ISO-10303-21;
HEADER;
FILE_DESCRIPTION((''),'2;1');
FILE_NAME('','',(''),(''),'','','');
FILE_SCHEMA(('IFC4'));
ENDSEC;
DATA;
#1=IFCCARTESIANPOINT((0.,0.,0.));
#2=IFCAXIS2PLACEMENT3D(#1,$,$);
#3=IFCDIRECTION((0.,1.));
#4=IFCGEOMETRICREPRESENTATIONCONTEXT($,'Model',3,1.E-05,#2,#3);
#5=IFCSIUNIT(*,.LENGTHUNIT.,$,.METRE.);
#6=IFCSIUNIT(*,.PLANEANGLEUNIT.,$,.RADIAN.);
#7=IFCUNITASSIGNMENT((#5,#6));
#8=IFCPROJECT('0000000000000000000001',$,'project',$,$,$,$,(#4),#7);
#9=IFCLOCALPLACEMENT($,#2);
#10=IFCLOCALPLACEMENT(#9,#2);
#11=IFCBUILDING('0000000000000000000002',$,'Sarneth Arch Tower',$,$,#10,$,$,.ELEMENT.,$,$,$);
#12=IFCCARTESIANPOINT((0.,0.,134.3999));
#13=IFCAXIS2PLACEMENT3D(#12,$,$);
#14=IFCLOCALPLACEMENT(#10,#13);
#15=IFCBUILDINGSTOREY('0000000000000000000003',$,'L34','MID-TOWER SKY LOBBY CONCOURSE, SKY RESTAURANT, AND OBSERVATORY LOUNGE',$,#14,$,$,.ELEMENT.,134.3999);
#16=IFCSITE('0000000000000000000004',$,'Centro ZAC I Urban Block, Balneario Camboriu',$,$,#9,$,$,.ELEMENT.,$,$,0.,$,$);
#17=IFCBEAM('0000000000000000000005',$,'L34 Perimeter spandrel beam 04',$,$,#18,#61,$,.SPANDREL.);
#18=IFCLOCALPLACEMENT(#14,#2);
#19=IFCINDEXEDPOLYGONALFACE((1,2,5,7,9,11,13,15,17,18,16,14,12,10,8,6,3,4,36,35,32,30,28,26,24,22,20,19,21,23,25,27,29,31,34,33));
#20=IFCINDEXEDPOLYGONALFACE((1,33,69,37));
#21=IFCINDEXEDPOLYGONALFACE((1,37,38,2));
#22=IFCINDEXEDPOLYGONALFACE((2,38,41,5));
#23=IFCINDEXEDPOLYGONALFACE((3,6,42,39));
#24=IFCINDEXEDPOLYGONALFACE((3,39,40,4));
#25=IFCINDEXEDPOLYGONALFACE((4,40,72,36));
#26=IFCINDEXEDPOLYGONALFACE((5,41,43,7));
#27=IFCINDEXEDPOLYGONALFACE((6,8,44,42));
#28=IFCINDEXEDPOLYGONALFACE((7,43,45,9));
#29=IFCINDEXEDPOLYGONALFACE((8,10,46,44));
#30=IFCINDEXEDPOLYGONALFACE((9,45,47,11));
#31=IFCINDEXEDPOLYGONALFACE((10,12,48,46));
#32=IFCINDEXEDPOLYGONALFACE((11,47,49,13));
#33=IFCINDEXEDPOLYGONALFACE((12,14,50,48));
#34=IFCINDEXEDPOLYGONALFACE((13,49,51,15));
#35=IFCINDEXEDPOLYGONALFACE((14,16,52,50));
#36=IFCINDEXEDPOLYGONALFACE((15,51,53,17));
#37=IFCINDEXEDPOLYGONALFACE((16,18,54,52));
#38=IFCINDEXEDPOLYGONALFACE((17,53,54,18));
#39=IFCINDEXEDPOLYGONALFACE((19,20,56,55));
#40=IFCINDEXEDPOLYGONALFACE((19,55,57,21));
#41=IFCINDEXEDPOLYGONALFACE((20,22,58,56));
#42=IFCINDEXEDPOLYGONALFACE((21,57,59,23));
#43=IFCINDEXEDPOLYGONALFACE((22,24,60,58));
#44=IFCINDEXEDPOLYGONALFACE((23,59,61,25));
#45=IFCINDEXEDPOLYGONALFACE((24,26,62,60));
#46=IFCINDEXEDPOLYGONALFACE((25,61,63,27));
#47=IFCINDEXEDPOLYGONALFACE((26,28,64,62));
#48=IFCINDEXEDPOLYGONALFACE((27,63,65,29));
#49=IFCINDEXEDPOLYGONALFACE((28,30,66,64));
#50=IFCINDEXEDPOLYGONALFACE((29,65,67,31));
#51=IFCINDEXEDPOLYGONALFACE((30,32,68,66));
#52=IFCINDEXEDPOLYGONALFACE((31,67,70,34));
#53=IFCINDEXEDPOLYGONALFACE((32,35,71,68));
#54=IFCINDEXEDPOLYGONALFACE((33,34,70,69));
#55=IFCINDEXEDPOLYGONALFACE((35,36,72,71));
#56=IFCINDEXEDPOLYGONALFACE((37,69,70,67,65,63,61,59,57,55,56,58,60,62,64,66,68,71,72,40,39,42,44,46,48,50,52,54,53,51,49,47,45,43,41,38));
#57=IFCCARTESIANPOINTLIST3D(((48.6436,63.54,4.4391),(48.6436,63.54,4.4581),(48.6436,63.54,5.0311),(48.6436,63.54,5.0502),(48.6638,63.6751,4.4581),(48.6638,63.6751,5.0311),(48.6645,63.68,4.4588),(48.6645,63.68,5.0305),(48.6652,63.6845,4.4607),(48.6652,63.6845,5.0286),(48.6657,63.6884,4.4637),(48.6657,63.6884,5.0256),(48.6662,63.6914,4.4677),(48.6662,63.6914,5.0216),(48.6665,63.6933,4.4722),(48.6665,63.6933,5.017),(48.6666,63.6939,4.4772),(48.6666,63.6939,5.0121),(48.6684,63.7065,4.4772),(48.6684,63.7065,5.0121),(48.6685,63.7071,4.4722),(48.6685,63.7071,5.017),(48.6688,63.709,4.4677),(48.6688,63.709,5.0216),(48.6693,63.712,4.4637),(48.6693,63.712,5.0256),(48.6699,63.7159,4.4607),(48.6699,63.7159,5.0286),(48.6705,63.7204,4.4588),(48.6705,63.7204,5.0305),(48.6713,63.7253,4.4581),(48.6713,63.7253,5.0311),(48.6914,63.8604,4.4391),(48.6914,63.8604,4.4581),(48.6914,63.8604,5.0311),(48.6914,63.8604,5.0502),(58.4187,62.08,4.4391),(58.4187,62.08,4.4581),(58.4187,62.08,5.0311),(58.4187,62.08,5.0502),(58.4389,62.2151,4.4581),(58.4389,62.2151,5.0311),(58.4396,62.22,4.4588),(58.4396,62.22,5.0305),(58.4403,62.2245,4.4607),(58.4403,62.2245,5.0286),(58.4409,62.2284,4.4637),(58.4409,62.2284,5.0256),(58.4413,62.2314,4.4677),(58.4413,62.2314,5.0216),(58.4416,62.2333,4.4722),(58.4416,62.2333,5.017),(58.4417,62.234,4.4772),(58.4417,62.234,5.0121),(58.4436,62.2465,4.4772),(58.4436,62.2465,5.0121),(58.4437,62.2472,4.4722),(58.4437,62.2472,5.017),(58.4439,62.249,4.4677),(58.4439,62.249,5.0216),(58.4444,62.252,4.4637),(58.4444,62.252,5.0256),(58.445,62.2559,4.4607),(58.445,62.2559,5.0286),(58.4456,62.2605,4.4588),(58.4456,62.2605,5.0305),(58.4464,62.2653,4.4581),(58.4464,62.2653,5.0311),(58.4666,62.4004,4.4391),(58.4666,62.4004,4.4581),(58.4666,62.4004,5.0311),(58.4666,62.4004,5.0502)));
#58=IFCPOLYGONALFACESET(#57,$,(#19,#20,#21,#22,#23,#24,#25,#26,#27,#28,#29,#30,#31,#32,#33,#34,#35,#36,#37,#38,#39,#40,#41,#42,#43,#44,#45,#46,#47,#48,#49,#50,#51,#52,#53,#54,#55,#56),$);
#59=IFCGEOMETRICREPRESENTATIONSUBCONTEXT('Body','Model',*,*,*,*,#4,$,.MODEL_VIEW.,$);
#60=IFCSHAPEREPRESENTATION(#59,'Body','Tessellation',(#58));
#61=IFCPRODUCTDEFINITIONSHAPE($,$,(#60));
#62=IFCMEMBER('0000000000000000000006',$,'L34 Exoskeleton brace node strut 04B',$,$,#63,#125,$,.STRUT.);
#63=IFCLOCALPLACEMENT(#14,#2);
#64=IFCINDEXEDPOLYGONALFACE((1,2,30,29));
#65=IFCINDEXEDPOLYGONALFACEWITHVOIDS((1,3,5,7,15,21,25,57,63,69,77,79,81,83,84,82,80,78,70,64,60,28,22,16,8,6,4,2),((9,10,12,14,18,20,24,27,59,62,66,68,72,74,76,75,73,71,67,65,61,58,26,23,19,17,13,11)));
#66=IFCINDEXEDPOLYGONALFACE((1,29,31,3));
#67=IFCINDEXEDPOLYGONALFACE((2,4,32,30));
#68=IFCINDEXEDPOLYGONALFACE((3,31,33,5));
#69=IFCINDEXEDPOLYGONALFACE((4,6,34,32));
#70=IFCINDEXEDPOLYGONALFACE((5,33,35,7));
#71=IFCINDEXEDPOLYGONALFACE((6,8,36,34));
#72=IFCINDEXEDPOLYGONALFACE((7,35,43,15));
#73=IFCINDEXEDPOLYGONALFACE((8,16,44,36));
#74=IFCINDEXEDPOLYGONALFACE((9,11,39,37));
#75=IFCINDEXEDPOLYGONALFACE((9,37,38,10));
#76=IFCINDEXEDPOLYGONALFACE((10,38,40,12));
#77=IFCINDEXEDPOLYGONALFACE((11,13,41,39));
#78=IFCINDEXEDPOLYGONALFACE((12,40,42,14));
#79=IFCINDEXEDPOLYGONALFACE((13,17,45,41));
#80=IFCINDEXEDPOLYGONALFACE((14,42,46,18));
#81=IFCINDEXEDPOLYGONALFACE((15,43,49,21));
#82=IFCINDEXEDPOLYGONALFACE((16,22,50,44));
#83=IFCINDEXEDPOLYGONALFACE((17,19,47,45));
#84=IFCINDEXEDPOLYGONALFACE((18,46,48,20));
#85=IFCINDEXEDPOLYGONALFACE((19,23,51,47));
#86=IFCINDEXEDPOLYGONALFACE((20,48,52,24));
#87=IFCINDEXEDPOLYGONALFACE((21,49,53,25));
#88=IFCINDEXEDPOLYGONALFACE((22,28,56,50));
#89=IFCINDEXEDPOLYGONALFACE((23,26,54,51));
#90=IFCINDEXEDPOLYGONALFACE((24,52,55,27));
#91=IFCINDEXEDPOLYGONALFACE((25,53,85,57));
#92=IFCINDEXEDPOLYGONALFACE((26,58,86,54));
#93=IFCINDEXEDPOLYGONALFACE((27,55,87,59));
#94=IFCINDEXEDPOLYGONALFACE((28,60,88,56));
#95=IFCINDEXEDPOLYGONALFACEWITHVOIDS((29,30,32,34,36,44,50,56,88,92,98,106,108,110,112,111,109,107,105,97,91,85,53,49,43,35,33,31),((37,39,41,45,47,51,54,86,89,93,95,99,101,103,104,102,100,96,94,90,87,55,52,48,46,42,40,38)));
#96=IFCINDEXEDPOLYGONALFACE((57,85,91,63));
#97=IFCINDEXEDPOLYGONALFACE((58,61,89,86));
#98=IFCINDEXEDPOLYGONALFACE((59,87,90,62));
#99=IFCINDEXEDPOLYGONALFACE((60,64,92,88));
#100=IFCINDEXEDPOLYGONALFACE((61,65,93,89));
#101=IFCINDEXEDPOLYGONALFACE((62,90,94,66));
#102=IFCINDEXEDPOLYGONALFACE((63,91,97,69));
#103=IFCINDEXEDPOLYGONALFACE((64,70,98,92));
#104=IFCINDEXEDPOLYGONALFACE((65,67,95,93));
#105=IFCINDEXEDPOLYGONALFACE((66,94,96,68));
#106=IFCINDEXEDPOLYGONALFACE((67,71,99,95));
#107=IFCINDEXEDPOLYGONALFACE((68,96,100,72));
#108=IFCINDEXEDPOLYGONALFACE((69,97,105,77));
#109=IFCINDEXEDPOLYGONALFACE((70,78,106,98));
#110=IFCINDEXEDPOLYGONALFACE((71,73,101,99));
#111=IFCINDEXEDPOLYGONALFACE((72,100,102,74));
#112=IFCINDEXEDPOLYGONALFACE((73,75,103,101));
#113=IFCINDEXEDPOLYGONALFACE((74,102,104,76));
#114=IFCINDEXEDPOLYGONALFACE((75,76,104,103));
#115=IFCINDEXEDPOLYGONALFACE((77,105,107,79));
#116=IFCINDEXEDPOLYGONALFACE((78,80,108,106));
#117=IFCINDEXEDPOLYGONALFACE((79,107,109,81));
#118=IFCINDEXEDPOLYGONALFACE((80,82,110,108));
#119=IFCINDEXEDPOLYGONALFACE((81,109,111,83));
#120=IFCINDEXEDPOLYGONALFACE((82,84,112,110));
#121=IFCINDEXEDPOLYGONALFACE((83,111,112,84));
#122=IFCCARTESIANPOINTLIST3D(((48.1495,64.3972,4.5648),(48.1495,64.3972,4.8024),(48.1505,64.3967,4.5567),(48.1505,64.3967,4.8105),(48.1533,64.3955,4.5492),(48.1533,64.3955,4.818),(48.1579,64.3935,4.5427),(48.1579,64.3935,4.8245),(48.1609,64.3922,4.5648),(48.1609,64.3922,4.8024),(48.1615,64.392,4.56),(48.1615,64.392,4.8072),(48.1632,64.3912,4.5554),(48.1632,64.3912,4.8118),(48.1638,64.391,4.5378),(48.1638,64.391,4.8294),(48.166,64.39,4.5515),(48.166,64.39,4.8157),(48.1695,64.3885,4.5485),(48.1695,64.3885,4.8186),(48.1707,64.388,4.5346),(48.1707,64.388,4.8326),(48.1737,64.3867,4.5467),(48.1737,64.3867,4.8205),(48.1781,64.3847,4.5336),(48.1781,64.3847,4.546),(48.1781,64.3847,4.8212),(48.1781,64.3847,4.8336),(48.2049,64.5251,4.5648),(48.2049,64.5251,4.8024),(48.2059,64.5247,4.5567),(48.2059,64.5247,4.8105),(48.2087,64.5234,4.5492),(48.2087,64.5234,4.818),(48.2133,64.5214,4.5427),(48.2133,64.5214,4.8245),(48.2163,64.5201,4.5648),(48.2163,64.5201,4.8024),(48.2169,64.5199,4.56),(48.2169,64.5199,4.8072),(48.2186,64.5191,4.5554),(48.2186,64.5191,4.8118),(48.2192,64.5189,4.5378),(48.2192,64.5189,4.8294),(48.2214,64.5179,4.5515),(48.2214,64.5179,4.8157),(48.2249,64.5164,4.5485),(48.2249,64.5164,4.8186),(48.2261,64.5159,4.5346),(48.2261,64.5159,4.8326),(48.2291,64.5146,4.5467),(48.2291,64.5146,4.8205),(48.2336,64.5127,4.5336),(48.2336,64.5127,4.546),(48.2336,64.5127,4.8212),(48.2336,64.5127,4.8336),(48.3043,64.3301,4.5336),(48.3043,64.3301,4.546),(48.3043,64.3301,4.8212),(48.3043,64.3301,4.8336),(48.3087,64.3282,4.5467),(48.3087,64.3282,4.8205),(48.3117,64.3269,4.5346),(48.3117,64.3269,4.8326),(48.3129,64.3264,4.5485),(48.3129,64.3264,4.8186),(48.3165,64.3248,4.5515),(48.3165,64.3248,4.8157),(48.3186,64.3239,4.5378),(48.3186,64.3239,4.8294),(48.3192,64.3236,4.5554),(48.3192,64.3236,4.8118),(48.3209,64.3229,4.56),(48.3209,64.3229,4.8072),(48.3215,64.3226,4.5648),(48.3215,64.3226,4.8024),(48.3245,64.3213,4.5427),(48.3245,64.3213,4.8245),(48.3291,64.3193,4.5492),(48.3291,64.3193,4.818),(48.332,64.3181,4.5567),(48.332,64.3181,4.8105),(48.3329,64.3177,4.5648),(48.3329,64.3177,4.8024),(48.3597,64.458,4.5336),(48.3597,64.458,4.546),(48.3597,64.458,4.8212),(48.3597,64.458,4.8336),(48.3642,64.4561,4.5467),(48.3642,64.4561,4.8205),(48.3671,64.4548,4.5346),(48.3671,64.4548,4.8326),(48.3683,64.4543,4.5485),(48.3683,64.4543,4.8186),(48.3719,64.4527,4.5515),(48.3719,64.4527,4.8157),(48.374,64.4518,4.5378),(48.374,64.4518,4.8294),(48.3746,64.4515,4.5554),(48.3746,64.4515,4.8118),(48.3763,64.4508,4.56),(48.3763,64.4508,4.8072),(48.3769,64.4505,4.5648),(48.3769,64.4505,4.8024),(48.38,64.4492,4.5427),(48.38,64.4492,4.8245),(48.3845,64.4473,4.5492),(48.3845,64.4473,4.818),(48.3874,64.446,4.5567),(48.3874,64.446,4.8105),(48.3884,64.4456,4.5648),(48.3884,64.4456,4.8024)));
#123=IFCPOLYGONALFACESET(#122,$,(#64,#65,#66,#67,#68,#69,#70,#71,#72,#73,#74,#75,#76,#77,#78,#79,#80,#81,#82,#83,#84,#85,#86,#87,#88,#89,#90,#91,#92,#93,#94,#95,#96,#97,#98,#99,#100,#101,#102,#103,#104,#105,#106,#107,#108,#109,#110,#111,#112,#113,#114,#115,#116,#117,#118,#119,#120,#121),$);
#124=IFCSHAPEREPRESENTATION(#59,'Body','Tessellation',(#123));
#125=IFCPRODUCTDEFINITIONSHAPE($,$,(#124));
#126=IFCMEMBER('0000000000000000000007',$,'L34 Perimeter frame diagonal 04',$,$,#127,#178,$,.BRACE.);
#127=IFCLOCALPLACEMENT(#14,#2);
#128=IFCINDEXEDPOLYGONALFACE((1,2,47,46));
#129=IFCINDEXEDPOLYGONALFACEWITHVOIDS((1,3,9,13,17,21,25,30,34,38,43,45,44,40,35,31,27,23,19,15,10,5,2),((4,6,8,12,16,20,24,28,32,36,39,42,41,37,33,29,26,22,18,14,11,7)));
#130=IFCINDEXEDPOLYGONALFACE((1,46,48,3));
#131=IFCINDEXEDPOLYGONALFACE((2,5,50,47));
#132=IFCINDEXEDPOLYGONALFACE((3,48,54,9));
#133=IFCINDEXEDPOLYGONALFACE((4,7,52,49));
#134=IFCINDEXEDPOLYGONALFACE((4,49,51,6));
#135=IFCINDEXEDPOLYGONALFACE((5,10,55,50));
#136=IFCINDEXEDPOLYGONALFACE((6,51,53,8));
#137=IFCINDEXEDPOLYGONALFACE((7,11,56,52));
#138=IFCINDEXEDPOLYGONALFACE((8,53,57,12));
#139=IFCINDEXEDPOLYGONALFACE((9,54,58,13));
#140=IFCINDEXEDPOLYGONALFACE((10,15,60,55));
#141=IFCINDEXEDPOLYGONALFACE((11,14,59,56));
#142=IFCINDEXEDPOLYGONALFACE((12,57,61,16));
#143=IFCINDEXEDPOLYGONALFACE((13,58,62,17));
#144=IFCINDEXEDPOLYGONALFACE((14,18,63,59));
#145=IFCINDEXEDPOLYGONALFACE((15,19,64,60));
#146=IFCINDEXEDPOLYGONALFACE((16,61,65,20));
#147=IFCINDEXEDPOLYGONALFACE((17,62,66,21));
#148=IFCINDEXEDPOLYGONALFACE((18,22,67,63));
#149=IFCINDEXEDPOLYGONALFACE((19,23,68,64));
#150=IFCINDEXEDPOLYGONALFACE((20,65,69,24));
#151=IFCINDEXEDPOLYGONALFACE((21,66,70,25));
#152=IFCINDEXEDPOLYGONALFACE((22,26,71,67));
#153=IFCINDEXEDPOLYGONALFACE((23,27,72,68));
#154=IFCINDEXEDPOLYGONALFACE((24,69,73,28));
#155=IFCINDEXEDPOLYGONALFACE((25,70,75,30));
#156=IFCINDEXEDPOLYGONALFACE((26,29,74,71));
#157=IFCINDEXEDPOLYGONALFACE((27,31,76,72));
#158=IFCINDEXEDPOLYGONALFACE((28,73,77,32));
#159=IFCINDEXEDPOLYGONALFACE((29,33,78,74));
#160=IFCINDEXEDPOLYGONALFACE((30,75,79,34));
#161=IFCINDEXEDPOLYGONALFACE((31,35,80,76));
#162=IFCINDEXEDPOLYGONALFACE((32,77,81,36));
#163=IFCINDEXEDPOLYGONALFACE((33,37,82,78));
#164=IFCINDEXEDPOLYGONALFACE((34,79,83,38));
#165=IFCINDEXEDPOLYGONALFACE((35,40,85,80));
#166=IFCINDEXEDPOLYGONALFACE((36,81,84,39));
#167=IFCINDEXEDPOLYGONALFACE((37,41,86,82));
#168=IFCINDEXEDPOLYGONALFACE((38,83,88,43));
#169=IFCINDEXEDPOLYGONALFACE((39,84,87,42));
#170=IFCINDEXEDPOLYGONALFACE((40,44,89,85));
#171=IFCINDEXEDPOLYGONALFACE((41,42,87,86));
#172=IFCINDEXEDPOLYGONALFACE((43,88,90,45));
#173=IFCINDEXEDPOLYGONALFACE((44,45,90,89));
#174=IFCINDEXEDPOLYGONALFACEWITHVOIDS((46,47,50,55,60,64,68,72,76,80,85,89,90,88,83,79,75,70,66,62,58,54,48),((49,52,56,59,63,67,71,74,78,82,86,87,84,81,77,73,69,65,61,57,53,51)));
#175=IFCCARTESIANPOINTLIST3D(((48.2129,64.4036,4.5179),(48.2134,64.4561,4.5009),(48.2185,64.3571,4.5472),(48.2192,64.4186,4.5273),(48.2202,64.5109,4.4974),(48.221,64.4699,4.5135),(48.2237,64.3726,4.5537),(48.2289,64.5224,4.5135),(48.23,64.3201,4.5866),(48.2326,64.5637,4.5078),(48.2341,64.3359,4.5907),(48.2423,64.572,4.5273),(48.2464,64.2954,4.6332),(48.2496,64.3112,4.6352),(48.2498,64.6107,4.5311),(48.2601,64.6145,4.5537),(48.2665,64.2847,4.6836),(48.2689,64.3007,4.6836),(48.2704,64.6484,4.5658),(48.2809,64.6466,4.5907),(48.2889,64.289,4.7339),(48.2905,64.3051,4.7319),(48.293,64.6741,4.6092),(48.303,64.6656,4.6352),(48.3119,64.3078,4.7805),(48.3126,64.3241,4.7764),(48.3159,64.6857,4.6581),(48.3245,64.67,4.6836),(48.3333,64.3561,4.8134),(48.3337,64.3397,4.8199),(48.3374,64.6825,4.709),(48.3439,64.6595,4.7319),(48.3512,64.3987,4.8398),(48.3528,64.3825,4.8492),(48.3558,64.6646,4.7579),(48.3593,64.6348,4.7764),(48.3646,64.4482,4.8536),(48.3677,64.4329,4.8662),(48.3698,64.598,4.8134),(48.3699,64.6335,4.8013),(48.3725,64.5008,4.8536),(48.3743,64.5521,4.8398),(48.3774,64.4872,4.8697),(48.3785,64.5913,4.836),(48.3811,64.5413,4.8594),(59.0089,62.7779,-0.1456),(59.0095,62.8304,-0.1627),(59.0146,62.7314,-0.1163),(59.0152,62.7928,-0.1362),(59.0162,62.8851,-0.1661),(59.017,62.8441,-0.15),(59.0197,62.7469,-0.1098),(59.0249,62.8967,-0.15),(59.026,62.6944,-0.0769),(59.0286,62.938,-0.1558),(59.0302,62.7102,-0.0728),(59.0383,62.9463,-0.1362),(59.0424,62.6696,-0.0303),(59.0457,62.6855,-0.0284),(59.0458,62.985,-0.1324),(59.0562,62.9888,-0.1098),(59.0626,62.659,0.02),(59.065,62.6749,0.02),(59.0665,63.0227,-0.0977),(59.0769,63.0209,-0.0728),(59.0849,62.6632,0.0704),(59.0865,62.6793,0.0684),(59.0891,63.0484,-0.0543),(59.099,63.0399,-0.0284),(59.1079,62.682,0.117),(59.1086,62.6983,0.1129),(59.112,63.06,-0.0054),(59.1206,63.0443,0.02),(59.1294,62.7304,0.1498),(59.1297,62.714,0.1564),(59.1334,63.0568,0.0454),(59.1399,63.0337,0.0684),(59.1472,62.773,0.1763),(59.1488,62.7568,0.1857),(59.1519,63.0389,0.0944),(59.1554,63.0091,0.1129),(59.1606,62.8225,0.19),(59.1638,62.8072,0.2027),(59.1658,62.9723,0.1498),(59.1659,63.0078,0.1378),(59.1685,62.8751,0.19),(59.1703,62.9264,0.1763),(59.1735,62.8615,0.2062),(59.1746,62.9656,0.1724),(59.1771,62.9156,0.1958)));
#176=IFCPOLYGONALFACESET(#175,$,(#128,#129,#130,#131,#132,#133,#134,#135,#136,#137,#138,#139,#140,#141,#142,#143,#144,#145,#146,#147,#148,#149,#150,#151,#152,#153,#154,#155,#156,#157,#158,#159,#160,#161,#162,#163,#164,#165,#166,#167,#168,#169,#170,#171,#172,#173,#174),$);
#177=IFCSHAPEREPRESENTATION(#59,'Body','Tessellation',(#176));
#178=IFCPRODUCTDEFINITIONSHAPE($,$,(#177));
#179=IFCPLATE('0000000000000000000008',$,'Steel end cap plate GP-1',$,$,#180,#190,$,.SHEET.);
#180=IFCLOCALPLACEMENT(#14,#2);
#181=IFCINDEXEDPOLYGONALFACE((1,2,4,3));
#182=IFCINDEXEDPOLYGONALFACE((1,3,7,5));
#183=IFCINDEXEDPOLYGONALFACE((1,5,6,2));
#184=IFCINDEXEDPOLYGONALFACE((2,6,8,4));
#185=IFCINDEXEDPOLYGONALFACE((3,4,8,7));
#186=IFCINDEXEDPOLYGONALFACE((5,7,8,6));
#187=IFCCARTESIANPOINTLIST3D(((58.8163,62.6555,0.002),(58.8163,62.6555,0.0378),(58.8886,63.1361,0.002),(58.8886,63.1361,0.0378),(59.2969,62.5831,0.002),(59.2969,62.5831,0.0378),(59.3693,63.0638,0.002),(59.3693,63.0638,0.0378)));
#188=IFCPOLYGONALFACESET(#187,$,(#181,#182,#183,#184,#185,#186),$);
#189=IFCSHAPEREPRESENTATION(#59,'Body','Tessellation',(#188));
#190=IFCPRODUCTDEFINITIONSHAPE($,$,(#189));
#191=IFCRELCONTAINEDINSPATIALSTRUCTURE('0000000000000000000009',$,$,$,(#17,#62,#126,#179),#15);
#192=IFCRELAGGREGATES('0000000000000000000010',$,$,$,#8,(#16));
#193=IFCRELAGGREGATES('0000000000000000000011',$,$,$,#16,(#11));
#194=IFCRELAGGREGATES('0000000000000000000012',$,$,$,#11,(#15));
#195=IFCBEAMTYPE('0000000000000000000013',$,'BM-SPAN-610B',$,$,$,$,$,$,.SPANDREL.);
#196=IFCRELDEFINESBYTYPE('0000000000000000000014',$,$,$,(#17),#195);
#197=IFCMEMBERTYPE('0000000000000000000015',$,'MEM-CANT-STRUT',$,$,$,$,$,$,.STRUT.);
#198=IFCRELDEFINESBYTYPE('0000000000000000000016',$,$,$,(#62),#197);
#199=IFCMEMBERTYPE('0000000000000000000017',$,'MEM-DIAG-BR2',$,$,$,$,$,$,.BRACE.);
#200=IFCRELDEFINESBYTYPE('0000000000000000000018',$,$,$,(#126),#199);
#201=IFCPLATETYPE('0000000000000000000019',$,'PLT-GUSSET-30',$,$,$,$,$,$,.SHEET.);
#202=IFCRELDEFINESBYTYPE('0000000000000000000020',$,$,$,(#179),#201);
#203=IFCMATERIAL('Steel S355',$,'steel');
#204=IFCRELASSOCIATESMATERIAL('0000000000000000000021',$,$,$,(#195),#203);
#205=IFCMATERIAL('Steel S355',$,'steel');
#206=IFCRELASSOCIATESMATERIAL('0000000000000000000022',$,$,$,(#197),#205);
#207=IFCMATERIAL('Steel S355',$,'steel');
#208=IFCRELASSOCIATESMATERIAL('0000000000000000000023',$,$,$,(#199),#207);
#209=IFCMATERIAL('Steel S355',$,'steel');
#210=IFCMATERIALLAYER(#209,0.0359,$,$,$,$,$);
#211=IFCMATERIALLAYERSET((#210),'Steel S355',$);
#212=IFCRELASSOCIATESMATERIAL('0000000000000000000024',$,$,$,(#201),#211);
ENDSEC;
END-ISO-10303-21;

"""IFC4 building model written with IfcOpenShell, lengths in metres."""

from ifc_helpers import new_model, si_unit, direction, frame, origin, origin_2d, place, context, subcontext, project, spatial, rectangle, hollow_rectangle, hollow_circle, i_section, extrude, material, layer, layer_set, material_profile, profile_set, type_object, element, save


model = new_model("IFC4")

# Units and contexts
model_context = context("Model", 3, precision=1e-05, world=origin(), true_north=direction((0.0, 1.0)))
body_context = subcontext(model_context, "Body", "Model", "MODEL_VIEW")
ifc_project = project(units=[si_unit("LENGTHUNIT", "METRE"), si_unit("PLANEANGLEUNIT", "RADIAN")], contexts=[model_context])

# Site, building, storey
site_placement = place(None, origin())
site = spatial("IfcSite", under=ifc_project, at=site_placement, Name="Centro ZAC I Urban Block, Balneario Camboriu", CompositionType="ELEMENT", RefElevation=0.0)
building_placement = place(site_placement, origin())
building = spatial("IfcBuilding", under=site, at=building_placement, Name="Sarneth Arch Tower", CompositionType="ELEMENT")
storey_placement = place(building_placement, frame((0.0, 0.0, 134.3999)))
storey = spatial("IfcBuildingStorey", under=building, at=storey_placement, Name="L34", Description="MID-TOWER SKY LOBBY CONCOURSE, SKY RESTAURANT, AND OBSERVATORY LOUNGE", CompositionType="ELEMENT", Elevation=134.3999)

# Beam
ifc_material_1 = material(Name="Steel S355", Category="steel")
ifc_material_profile_1 = material_profile(ifc_material_1, i_section(OverallWidth=0.324, OverallDepth=0.6111, WebThickness=0.0127, FlangeThickness=0.019, FilletRadius=0.019, at=origin_2d()), Name="W610x155")
ifc_profile_set_1 = profile_set([ifc_material_profile_1], Name="Steel S355")
beam_type_1 = type_object("IfcBeamType", Name="BM-SPAN-610B", PredefinedType="SPANDREL", material=ifc_profile_set_1)
beam_1_placement = place(storey_placement, frame((58.4426, 62.2402, 4.7446), z_axis=(-0.98903, 0.147716, 0.0), x_axis=(-0.147716, -0.98903, 0.0)))
element("IfcBeam", 1, at=beam_1_placement, inside=storey, type_object=beam_type_1, Name="L34 Perimeter spandrel beam 04", PredefinedType="SPANDREL", context=body_context, shape_type="SweptSolid", body=[
    extrude(i_section(OverallWidth=0.324, OverallDepth=0.6111, WebThickness=0.0127, FlangeThickness=0.019, FilletRadius=0.019, at=origin_2d()), origin(), (0.0, 0.0, 1.0), 9.8835),
])

# Members
ifc_material_2 = material(Name="Steel S355", Category="steel")
ifc_material_profile_2 = material_profile(ifc_material_2, hollow_rectangle(XDim=0.2, YDim=0.3, WallThickness=0.0125, InnerFilletRadius=0.0188, OuterFilletRadius=0.0312, at=origin_2d()), Name="RHS300x200x12.5")
ifc_profile_set_2 = profile_set([ifc_material_profile_2], Name="Steel S355")
member_type_1 = type_object("IfcMemberType", Name="MEM-CANT-STRUT", PredefinedType="STRUT", material=ifc_profile_set_2)
member_1_placement = place(storey_placement, frame((48.2412, 64.3574, 4.6836), z_axis=(0.397509, 0.917598, 0.0), x_axis=(-0.917598, 0.397509, 0.0)))
element("IfcMember", 2, at=member_1_placement, inside=storey, type_object=member_type_1, Name="L34 Exoskeleton brace node strut 04B", PredefinedType="STRUT", context=body_context, shape_type="SweptSolid", body=[
    extrude(hollow_rectangle(XDim=0.2, YDim=0.3, WallThickness=0.0125, InnerFilletRadius=0.0188, OuterFilletRadius=0.0312, at=origin_2d()), origin(), (0.0, 0.0, 1.0), 0.1394),
])
ifc_material_3 = material(Name="Steel S355", Category="steel")
ifc_material_profile_3 = material_profile(ifc_material_3, hollow_circle(Radius=0.2029, WallThickness=0.0161, at=origin_2d()), Name="CHS406x16")
ifc_profile_set_3 = profile_set([ifc_material_profile_3], Name="Steel S355")
member_type_2 = type_object("IfcMemberType", Name="MEM-DIAG-BR2", PredefinedType="BRACE", material=ifc_profile_set_3)
member_2_placement = place(storey_placement, frame((59.0928, 62.8596, 0.02), z_axis=(-0.909365, 0.136936, 0.392815), x_axis=(-0.148906, -0.988851, 0.0)))
element("IfcMember", 3, at=member_2_placement, inside=storey, type_object=member_type_2, Name="L34 Perimeter frame diagonal 04", PredefinedType="BRACE", context=body_context, shape_type="SweptSolid", body=[
    extrude(hollow_circle(Radius=0.2029, WallThickness=0.0161, at=origin_2d()), origin(), (0.0, 0.0, 1.0), 11.8721),
])

# Plate
ifc_material_4 = material(Name="Steel S355", Category="steel")
ifc_layer_1 = layer(ifc_material_4, 0.0359)
ifc_layer_set_1 = layer_set([ifc_layer_1], Name="Steel S355")
plate_type = type_object("IfcPlateType", Name="PLT-GUSSET-30", PredefinedType="SHEET", material=ifc_layer_set_1)
for number, where, z_axis, x_axis, name in (
    (4, (59.0928, 62.8596, 0.002), (0.0, 0.0, 1.0), (-0.988861, 0.148845, 0.0), "Steel end cap plate GP-1"),
):
    element("IfcPlate", number, at=place(storey_placement, frame(where, z_axis=z_axis, x_axis=x_axis)), inside=storey, type_object=plate_type, Name=name, PredefinedType="SHEET", context=body_context, shape_type="SweptSolid", body=[
        extrude(rectangle(XDim=0.4861, YDim=0.4861, at=origin_2d()), origin(), (0.0, 0.0, 1.0), 0.0359),
    ])

save(model, "model.ifc")
